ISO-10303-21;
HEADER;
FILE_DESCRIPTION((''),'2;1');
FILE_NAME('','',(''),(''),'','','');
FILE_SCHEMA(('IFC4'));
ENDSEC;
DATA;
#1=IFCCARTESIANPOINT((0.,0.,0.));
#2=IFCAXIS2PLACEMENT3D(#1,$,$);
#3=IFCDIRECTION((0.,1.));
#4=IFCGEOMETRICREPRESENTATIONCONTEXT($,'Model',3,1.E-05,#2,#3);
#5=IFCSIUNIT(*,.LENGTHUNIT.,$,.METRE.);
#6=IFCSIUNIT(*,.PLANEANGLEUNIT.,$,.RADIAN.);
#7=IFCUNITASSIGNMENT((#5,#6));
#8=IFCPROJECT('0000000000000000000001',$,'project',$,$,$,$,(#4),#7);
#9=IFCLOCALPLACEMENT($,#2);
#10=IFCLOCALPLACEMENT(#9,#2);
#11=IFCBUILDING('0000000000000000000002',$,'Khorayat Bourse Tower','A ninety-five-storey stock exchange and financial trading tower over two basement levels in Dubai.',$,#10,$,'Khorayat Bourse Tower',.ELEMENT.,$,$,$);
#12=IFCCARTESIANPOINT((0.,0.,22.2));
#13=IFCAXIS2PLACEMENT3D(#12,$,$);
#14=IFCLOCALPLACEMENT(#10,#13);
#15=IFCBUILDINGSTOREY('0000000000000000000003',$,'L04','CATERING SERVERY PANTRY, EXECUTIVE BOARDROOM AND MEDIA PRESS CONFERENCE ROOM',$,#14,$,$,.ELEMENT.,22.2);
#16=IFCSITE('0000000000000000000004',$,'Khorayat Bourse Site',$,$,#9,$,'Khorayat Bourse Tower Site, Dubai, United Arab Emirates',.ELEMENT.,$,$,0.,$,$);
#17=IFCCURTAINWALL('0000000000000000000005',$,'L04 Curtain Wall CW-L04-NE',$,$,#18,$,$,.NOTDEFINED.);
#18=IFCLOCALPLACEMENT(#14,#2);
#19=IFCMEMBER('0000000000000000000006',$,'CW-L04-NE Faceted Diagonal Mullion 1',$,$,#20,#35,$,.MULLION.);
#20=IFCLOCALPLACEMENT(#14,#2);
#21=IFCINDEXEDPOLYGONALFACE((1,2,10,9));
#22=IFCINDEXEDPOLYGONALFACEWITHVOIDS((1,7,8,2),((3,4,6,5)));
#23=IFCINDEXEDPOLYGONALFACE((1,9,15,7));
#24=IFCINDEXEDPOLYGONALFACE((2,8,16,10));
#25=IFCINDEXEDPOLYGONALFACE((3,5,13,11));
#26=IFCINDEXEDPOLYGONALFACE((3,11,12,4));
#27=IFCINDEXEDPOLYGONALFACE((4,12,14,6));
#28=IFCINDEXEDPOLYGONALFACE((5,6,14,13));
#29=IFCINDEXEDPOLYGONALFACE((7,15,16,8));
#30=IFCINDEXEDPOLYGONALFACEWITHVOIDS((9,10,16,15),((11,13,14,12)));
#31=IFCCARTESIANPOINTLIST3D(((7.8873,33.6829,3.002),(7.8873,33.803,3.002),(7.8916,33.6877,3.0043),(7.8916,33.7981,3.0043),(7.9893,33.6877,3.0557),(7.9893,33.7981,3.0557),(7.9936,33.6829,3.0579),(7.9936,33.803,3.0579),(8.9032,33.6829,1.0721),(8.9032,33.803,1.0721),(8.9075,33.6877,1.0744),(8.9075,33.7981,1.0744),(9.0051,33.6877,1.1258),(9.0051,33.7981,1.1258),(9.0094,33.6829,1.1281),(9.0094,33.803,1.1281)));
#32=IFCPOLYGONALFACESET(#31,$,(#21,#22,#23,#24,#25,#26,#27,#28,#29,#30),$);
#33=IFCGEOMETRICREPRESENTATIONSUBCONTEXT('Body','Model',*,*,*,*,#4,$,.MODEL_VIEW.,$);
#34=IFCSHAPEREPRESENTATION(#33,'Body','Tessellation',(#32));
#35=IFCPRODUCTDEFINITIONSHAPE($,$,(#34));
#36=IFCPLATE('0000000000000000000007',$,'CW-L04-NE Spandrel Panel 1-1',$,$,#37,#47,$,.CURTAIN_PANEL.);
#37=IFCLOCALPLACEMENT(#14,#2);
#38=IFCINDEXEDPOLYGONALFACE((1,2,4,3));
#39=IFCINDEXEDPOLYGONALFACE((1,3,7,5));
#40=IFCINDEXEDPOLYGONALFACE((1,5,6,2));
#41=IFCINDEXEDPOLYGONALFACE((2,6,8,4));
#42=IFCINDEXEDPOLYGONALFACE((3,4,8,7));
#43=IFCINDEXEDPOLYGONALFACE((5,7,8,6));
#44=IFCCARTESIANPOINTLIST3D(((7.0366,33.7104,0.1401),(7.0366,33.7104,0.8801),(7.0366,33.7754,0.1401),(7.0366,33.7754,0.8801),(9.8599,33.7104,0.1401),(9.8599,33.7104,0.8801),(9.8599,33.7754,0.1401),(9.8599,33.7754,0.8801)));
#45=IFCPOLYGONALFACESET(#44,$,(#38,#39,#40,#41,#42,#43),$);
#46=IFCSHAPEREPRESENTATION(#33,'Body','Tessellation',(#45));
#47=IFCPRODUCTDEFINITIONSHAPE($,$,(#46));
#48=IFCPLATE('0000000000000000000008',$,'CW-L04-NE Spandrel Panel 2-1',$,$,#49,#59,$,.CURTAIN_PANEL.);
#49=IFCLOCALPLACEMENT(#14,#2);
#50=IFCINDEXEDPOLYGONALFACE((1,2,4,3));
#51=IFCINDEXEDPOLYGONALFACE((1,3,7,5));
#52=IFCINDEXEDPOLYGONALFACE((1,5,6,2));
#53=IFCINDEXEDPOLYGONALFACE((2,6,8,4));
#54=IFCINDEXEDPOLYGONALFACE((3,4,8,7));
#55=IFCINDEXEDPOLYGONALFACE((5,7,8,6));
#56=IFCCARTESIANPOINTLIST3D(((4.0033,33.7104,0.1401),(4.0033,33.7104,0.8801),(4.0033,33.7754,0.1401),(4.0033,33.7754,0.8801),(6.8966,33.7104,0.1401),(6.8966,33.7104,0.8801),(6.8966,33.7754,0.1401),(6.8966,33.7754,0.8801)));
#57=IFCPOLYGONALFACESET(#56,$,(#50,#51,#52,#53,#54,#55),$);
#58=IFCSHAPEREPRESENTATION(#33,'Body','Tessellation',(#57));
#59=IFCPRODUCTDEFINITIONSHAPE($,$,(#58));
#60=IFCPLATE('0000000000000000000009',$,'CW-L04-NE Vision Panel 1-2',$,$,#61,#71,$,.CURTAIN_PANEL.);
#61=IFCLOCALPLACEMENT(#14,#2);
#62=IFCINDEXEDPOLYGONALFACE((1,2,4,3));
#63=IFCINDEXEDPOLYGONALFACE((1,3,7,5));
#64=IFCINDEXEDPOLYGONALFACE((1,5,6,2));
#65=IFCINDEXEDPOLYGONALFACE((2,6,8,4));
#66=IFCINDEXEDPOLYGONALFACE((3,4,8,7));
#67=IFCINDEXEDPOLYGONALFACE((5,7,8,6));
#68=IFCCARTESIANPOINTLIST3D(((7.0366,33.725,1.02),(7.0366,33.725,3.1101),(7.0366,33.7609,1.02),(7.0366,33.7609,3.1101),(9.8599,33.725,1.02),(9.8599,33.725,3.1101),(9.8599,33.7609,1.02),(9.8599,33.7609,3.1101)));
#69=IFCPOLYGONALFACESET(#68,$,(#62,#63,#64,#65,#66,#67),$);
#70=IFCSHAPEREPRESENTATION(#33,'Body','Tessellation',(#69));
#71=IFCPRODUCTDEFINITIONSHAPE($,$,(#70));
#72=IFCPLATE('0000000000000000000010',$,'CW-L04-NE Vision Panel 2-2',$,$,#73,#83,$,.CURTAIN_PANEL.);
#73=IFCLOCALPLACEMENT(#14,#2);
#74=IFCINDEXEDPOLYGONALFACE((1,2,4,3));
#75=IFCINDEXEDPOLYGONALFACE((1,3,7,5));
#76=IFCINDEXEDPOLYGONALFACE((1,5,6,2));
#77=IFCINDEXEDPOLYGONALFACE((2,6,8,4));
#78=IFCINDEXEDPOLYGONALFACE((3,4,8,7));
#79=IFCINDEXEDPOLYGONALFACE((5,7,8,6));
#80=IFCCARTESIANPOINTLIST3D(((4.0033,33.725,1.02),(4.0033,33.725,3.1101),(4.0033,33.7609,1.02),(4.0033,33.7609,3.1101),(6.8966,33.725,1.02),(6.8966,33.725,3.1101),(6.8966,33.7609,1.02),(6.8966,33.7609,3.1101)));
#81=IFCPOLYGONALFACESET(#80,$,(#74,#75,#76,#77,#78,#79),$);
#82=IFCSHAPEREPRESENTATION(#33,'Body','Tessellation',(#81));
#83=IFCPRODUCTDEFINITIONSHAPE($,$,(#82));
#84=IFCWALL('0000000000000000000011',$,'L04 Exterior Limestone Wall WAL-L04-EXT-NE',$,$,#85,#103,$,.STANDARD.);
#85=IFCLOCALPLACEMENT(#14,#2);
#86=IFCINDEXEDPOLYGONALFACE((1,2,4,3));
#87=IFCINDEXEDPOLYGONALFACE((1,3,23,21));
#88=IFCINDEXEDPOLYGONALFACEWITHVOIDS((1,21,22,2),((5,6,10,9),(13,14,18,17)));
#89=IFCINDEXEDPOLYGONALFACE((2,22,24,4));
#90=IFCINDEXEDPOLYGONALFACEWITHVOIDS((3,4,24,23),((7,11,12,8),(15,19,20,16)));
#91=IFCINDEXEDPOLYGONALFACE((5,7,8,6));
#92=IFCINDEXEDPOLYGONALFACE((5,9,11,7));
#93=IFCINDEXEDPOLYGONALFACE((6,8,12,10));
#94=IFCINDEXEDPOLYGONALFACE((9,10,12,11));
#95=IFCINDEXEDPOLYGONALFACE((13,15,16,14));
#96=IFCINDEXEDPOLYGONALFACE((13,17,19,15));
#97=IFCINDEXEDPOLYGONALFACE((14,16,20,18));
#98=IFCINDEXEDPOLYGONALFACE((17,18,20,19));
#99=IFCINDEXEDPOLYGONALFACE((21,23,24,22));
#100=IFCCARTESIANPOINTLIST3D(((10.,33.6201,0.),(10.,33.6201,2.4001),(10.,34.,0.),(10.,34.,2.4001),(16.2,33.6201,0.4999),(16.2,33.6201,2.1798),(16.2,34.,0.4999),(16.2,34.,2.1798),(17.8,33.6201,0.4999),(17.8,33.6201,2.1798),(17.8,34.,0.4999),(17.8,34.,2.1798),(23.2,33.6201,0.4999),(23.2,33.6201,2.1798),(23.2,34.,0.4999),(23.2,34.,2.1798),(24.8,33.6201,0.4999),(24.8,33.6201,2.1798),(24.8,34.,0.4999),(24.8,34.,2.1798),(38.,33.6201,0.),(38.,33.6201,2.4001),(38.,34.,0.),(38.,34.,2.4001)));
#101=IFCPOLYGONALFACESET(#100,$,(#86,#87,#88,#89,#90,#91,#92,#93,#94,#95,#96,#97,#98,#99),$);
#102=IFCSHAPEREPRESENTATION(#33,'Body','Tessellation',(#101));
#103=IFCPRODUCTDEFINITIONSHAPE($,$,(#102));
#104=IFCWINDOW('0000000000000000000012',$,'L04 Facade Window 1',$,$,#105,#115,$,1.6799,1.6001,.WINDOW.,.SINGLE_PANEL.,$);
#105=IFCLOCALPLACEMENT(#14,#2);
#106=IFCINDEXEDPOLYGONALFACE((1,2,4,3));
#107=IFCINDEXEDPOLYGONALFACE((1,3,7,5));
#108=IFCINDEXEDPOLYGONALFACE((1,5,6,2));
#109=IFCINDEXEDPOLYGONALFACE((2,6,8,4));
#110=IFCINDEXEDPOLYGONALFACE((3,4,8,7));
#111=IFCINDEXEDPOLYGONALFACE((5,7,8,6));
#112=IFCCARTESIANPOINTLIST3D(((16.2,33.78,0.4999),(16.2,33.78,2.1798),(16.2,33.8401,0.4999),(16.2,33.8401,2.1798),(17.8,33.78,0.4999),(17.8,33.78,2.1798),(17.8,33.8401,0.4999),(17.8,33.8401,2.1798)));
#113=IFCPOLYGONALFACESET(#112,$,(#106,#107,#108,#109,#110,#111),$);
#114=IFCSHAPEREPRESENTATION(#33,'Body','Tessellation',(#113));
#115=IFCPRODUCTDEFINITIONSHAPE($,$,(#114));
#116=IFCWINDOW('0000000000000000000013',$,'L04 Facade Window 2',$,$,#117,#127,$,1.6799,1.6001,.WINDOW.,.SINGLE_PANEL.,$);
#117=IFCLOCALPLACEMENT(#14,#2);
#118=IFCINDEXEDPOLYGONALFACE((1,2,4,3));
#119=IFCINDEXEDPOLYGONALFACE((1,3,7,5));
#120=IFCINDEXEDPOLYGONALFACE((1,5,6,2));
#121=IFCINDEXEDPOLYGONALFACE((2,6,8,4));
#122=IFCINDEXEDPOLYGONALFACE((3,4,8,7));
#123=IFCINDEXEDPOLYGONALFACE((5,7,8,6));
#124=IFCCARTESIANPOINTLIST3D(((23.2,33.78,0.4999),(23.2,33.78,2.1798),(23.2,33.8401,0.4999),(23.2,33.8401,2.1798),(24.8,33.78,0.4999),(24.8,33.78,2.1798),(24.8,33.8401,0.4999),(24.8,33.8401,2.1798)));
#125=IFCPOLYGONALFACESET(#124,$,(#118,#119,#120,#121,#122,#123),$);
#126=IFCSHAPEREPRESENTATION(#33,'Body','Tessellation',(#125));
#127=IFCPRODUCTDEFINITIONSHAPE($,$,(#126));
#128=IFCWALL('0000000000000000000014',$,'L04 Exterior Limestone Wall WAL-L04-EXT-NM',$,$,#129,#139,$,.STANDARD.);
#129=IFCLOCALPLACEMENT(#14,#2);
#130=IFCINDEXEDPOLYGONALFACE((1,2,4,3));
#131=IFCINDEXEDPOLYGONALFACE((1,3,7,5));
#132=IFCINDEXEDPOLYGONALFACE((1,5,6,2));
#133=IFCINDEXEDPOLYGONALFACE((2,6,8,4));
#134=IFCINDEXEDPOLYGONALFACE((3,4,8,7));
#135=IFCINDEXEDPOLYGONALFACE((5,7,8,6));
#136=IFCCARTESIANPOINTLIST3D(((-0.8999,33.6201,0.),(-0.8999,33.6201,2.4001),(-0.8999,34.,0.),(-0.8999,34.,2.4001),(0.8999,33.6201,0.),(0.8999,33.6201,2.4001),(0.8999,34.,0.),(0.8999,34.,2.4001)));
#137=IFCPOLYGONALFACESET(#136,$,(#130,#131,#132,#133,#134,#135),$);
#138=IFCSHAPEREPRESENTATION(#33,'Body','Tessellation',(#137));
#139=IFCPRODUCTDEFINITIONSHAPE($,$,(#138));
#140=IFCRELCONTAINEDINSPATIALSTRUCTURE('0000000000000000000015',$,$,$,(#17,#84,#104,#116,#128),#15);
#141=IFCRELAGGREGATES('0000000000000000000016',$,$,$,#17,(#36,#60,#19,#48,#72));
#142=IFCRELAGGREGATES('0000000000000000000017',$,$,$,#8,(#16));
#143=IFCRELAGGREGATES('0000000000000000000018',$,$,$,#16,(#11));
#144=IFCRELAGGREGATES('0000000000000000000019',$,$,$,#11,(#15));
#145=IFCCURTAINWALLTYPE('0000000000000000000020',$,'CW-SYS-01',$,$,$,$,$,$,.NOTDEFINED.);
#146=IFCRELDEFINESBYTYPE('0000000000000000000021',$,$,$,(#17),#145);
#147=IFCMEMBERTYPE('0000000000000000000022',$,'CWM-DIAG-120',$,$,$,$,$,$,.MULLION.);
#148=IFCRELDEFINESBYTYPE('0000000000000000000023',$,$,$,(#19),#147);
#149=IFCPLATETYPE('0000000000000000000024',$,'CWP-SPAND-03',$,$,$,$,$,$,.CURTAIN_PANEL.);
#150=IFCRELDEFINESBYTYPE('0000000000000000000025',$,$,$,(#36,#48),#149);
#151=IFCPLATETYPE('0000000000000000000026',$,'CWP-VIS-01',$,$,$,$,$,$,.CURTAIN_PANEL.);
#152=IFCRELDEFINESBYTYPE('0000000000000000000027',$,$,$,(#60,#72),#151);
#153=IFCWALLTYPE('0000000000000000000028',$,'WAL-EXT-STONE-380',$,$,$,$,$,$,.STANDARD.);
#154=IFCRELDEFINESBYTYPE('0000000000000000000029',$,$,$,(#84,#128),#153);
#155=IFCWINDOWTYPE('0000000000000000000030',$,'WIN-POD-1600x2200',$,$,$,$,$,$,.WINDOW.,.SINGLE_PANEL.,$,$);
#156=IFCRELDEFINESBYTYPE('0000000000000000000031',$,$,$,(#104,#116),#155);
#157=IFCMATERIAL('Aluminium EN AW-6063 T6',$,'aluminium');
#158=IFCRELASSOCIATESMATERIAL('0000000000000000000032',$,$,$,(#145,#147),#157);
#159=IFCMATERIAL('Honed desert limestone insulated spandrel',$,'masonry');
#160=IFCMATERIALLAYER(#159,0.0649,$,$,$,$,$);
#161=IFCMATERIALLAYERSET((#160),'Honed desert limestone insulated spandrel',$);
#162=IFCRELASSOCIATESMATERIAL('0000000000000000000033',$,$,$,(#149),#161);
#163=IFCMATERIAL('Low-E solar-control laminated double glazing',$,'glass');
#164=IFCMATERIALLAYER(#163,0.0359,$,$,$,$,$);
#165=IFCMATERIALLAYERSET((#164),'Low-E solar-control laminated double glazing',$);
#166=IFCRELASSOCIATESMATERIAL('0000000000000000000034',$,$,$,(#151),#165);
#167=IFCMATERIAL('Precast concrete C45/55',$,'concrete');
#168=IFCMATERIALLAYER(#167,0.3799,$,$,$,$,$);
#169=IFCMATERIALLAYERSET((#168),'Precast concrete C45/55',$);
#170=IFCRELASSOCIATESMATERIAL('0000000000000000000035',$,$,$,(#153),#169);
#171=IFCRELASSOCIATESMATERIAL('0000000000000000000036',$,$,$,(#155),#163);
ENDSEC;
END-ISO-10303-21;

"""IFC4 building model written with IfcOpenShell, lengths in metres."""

from ifc_helpers import new_model, si_unit, direction, frame, frame_2d, origin, origin_2d, place, context, subcontext, project, spatial, rectangle, hollow_rectangle, extrude, source, transform, mapped, material, layer, layer_set, material_profile, profile_set, type_object, element, fill, aggregate, save


model = new_model("IFC4")

# Units and contexts
model_context = context("Model", 3, precision=1e-05, world=origin(), true_north=direction((0.0, 1.0)))
body_context = subcontext(model_context, "Body", "Model", "MODEL_VIEW")
ifc_project = project(units=[si_unit("LENGTHUNIT", "METRE"), si_unit("PLANEANGLEUNIT", "RADIAN")], contexts=[model_context])

# Site, building, storey
site_placement = place(None, origin())
site = spatial("IfcSite", under=ifc_project, at=site_placement, Name="Khorayat Bourse Site", LongName="Khorayat Bourse Tower Site, Dubai, United Arab Emirates", CompositionType="ELEMENT", RefElevation=0.0)
building_placement = place(site_placement, origin())
building = spatial("IfcBuilding", under=site, at=building_placement, Name="Khorayat Bourse Tower", Description="A ninety-five-storey stock exchange and financial trading tower over two basement levels in Dubai.", LongName="Khorayat Bourse Tower", CompositionType="ELEMENT")
storey_placement = place(building_placement, frame((0.0, 0.0, 22.2)))
storey = spatial("IfcBuildingStorey", under=building, at=storey_placement, Name="L04", Description="CATERING SERVERY PANTRY, EXECUTIVE BOARDROOM AND MEDIA PRESS CONFERENCE ROOM", CompositionType="ELEMENT", Elevation=22.2)

# Curtain wall, member, plates
ifc_material_1 = material(Name="Aluminium EN AW-6063 T6", Category="aluminium")
curtain_wall_type = type_object("IfcCurtainWallType", Name="CW-SYS-01", PredefinedType="NOTDEFINED", material=ifc_material_1)
curtain_wall_placement = place(storey_placement, origin())
curtain_wall = element("IfcCurtainWall", 1, at=curtain_wall_placement, inside=storey, type_object=curtain_wall_type, Name="L04 Curtain Wall CW-L04-NE", PredefinedType="NOTDEFINED")
ifc_material_profile_1 = material_profile(ifc_material_1, hollow_rectangle(XDim=0.1201, YDim=0.1201, WallThickness=0.0049, at=origin_2d()), Name="ALU 120x120x5")
ifc_profile_set_1 = profile_set([ifc_material_profile_1], Name="Aluminium EN AW-6063 T6")
member_type_1 = type_object("IfcMemberType", Name="CWM-DIAG-120", PredefinedType="MULLION", material=ifc_profile_set_1)
shared_shape_1 = source(origin(), body_context, "Body", "SweptSolid", [
    extrude(hollow_rectangle(XDim=0.1201, YDim=0.1201, WallThickness=0.0049, at=origin_2d()), origin(), (0.0, 0.0, 1.0), 2.1809),
])
member_1_placement = place(storey_placement, frame((8.9563, 33.7429, 1.1001), z_axis=(-0.465788, 0.0, 0.884896), x_axis=(0.0, -1.0, 0.0)))
member_1 = element("IfcMember", 2, at=member_1_placement, type_object=member_type_1, Name="CW-L04-NE Faceted Diagonal Mullion 1", PredefinedType="MULLION", context=body_context, shape_type="MappedRepresentation", body=[
    mapped(shared_shape_1, transform((0.0, 0.0, 0.0), scale=1.0)),
])
ifc_material_2 = material(Name="Honed desert limestone insulated spandrel", Category="masonry")
ifc_layer_1 = layer(ifc_material_2, 0.0649)
ifc_layer_set_1 = layer_set([ifc_layer_1], Name="Honed desert limestone insulated spandrel")
plate_type_1 = type_object("IfcPlateType", Name="CWP-SPAND-03", PredefinedType="CURTAIN_PANEL", material=ifc_layer_set_1)
shared_shape_2 = source(origin(), body_context, "Body", "SweptSolid", [
    extrude(rectangle(XDim=2.8232, YDim=0.0649, at=origin_2d()), origin(), (0.0, 0.0, 1.0), 0.74),
])
plate_1_placement = place(storey_placement, frame((8.4482, 33.7429, 0.1401), z_axis=(0.0, 0.0, 1.0), x_axis=(-1.0, 0.0, 0.0)))
plate_1 = element("IfcPlate", 3, at=plate_1_placement, type_object=plate_type_1, Name="CW-L04-NE Spandrel Panel 1-1", PredefinedType="CURTAIN_PANEL", context=body_context, shape_type="MappedRepresentation", body=[
    mapped(shared_shape_2, transform((0.0, 0.0, 0.0), scale=1.0)),
])
shared_shape_3 = source(origin(), body_context, "Body", "SweptSolid", [
    extrude(rectangle(XDim=2.8933, YDim=0.0649, at=origin_2d()), origin(), (0.0, 0.0, 1.0), 0.74),
])
plate_2_placement = place(storey_placement, frame((5.45, 33.7429, 0.1401), z_axis=(0.0, 0.0, 1.0), x_axis=(-1.0, 0.0, 0.0)))
plate_2 = element("IfcPlate", 4, at=plate_2_placement, type_object=plate_type_1, Name="CW-L04-NE Spandrel Panel 2-1", PredefinedType="CURTAIN_PANEL", context=body_context, shape_type="MappedRepresentation", body=[
    mapped(shared_shape_3, transform((0.0, 0.0, 0.0), scale=1.0)),
])
ifc_material_3 = material(Name="Low-E solar-control laminated double glazing", Category="glass")
ifc_layer_2 = layer(ifc_material_3, 0.0359)
ifc_layer_set_2 = layer_set([ifc_layer_2], Name="Low-E solar-control laminated double glazing")
plate_type_2 = type_object("IfcPlateType", Name="CWP-VIS-01", PredefinedType="CURTAIN_PANEL", material=ifc_layer_set_2)
shared_shape_4 = source(origin(), body_context, "Body", "SweptSolid", [
    extrude(rectangle(XDim=2.8232, YDim=0.0359, at=origin_2d()), origin(), (0.0, 0.0, 1.0), 2.0901),
])
plate_3_placement = place(storey_placement, frame((8.4482, 33.7429, 1.02), z_axis=(0.0, 0.0, 1.0), x_axis=(-1.0, 0.0, 0.0)))
plate_3 = element("IfcPlate", 5, at=plate_3_placement, type_object=plate_type_2, Name="CW-L04-NE Vision Panel 1-2", PredefinedType="CURTAIN_PANEL", context=body_context, shape_type="MappedRepresentation", body=[
    mapped(shared_shape_4, transform((0.0, 0.0, 0.0), scale=1.0)),
])
shared_shape_5 = source(origin(), body_context, "Body", "SweptSolid", [
    extrude(rectangle(XDim=2.8933, YDim=0.0359, at=origin_2d()), origin(), (0.0, 0.0, 1.0), 2.0901),
])
plate_4_placement = place(storey_placement, frame((5.45, 33.7429, 1.02), z_axis=(0.0, 0.0, 1.0), x_axis=(-1.0, 0.0, 0.0)))
plate_4 = element("IfcPlate", 6, at=plate_4_placement, type_object=plate_type_2, Name="CW-L04-NE Vision Panel 2-2", PredefinedType="CURTAIN_PANEL", context=body_context, shape_type="MappedRepresentation", body=[
    mapped(shared_shape_5, transform((0.0, 0.0, 0.0), scale=1.0)),
])
aggregate(curtain_wall, [plate_1, plate_3, member_1, plate_2, plate_4])

# Wall, openings, windows
ifc_material_4 = material(Name="Precast concrete C45/55", Category="concrete")
ifc_layer_3 = layer(ifc_material_4, 0.3799)
ifc_layer_set_3 = layer_set([ifc_layer_3], Name="Precast concrete C45/55")
wall_type = type_object("IfcWallType", Name="WAL-EXT-STONE-380", PredefinedType="STANDARD", material=ifc_layer_set_3)
shared_shape_6 = source(origin(), body_context, "Body", "SweptSolid", [
    extrude(rectangle(XDim=28.0, YDim=0.3799, at=frame_2d((14.0, 0.0))), origin(), (0.0, 0.0, 1.0), 2.4001),
])
wall_1_placement = place(storey_placement, frame((10.0, 33.8101, 0.0), z_axis=(0.0, 0.0, 1.0), x_axis=(1.0, 0.0, 0.0)))
wall_1 = element("IfcWall", 7, at=wall_1_placement, inside=storey, type_object=wall_type, Name="L04 Exterior Limestone Wall WAL-L04-EXT-NE", PredefinedType="STANDARD", context=body_context, shape_type="MappedRepresentation", body=[
    mapped(shared_shape_6, transform((0.0, 0.0, 0.0), scale=1.0)),
])
shared_shape_7 = source(origin(), body_context, "Body", "SweptSolid", [
    extrude(rectangle(XDim=1.6001, YDim=1.6799, at=frame_2d((0.8, 0.8398))), frame((0.0, 0.2, 0.0), z_axis=(0.0, -1.0, 0.0), x_axis=(1.0, 0.0, 0.0)), (0.0, 0.0, 1.0), 0.3999),
])
opening_1_placement = place(wall_1_placement, frame((6.2, 0.0, 0.5)))
opening_1 = element("IfcOpeningElement", 8, at=opening_1_placement, cuts=wall_1, PredefinedType="OPENING", context=body_context, shape_type="MappedRepresentation", body=[
    mapped(shared_shape_7, transform((0.0, 0.0, 0.0), scale=1.0)),
])
opening_2_placement = place(wall_1_placement, frame((13.2, 0.0, 0.5)))
opening_2 = element("IfcOpeningElement", 9, at=opening_2_placement, cuts=wall_1, PredefinedType="OPENING", context=body_context, shape_type="MappedRepresentation", body=[
    mapped(shared_shape_7, transform((0.0, 0.0, 0.0), scale=1.0)),
])
window_type = type_object("IfcWindowType", Name="WIN-POD-1600x2200", PartitioningType="SINGLE_PANEL", PredefinedType="WINDOW", material=ifc_material_3)
shared_shape_8 = source(origin(), body_context, "Body", "SweptSolid", [
    extrude(rectangle(XDim=1.6001, YDim=1.6799, at=frame_2d((0.8, 0.8398))), frame((0.0, 0.03, 0.0), z_axis=(0.0, -1.0, 0.0), x_axis=(1.0, 0.0, 0.0)), (0.0, 0.0, 1.0), 0.0601),
])
window_1_placement = place(opening_1_placement, origin())
window_1 = element("IfcWindow", 10, at=window_1_placement, inside=storey, type_object=window_type, Name="L04 Facade Window 1", OverallHeight=1.6799, OverallWidth=1.6001, PartitioningType="SINGLE_PANEL", PredefinedType="WINDOW", context=body_context, shape_type="MappedRepresentation", body=[
    mapped(shared_shape_8, transform((0.0, 0.0, 0.0), scale=1.0)),
])
fill(opening_1, window_1)
window_2_placement = place(opening_2_placement, origin())
window_2 = element("IfcWindow", 11, at=window_2_placement, inside=storey, type_object=window_type, Name="L04 Facade Window 2", OverallHeight=1.6799, OverallWidth=1.6001, PartitioningType="SINGLE_PANEL", PredefinedType="WINDOW", context=body_context, shape_type="MappedRepresentation", body=[
    mapped(shared_shape_8, transform((0.0, 0.0, 0.0), scale=1.0)),
])
fill(opening_2, window_2)

# Wall
shared_shape_9 = source(origin(), body_context, "Body", "SweptSolid", [
    extrude(rectangle(XDim=1.7998, YDim=0.3799, at=frame_2d((0.8999, 0.0))), origin(), (0.0, 0.0, 1.0), 2.4001),
])
wall_2_placement = place(storey_placement, frame((-0.8999, 33.8101, 0.0), z_axis=(0.0, 0.0, 1.0), x_axis=(1.0, 0.0, 0.0)))
element("IfcWall", 12, at=wall_2_placement, inside=storey, type_object=wall_type, Name="L04 Exterior Limestone Wall WAL-L04-EXT-NM", PredefinedType="STANDARD", context=body_context, shape_type="MappedRepresentation", body=[
    mapped(shared_shape_9, transform((0.0, 0.0, 0.0), scale=1.0)),
])

save(model, "model.ifc")
